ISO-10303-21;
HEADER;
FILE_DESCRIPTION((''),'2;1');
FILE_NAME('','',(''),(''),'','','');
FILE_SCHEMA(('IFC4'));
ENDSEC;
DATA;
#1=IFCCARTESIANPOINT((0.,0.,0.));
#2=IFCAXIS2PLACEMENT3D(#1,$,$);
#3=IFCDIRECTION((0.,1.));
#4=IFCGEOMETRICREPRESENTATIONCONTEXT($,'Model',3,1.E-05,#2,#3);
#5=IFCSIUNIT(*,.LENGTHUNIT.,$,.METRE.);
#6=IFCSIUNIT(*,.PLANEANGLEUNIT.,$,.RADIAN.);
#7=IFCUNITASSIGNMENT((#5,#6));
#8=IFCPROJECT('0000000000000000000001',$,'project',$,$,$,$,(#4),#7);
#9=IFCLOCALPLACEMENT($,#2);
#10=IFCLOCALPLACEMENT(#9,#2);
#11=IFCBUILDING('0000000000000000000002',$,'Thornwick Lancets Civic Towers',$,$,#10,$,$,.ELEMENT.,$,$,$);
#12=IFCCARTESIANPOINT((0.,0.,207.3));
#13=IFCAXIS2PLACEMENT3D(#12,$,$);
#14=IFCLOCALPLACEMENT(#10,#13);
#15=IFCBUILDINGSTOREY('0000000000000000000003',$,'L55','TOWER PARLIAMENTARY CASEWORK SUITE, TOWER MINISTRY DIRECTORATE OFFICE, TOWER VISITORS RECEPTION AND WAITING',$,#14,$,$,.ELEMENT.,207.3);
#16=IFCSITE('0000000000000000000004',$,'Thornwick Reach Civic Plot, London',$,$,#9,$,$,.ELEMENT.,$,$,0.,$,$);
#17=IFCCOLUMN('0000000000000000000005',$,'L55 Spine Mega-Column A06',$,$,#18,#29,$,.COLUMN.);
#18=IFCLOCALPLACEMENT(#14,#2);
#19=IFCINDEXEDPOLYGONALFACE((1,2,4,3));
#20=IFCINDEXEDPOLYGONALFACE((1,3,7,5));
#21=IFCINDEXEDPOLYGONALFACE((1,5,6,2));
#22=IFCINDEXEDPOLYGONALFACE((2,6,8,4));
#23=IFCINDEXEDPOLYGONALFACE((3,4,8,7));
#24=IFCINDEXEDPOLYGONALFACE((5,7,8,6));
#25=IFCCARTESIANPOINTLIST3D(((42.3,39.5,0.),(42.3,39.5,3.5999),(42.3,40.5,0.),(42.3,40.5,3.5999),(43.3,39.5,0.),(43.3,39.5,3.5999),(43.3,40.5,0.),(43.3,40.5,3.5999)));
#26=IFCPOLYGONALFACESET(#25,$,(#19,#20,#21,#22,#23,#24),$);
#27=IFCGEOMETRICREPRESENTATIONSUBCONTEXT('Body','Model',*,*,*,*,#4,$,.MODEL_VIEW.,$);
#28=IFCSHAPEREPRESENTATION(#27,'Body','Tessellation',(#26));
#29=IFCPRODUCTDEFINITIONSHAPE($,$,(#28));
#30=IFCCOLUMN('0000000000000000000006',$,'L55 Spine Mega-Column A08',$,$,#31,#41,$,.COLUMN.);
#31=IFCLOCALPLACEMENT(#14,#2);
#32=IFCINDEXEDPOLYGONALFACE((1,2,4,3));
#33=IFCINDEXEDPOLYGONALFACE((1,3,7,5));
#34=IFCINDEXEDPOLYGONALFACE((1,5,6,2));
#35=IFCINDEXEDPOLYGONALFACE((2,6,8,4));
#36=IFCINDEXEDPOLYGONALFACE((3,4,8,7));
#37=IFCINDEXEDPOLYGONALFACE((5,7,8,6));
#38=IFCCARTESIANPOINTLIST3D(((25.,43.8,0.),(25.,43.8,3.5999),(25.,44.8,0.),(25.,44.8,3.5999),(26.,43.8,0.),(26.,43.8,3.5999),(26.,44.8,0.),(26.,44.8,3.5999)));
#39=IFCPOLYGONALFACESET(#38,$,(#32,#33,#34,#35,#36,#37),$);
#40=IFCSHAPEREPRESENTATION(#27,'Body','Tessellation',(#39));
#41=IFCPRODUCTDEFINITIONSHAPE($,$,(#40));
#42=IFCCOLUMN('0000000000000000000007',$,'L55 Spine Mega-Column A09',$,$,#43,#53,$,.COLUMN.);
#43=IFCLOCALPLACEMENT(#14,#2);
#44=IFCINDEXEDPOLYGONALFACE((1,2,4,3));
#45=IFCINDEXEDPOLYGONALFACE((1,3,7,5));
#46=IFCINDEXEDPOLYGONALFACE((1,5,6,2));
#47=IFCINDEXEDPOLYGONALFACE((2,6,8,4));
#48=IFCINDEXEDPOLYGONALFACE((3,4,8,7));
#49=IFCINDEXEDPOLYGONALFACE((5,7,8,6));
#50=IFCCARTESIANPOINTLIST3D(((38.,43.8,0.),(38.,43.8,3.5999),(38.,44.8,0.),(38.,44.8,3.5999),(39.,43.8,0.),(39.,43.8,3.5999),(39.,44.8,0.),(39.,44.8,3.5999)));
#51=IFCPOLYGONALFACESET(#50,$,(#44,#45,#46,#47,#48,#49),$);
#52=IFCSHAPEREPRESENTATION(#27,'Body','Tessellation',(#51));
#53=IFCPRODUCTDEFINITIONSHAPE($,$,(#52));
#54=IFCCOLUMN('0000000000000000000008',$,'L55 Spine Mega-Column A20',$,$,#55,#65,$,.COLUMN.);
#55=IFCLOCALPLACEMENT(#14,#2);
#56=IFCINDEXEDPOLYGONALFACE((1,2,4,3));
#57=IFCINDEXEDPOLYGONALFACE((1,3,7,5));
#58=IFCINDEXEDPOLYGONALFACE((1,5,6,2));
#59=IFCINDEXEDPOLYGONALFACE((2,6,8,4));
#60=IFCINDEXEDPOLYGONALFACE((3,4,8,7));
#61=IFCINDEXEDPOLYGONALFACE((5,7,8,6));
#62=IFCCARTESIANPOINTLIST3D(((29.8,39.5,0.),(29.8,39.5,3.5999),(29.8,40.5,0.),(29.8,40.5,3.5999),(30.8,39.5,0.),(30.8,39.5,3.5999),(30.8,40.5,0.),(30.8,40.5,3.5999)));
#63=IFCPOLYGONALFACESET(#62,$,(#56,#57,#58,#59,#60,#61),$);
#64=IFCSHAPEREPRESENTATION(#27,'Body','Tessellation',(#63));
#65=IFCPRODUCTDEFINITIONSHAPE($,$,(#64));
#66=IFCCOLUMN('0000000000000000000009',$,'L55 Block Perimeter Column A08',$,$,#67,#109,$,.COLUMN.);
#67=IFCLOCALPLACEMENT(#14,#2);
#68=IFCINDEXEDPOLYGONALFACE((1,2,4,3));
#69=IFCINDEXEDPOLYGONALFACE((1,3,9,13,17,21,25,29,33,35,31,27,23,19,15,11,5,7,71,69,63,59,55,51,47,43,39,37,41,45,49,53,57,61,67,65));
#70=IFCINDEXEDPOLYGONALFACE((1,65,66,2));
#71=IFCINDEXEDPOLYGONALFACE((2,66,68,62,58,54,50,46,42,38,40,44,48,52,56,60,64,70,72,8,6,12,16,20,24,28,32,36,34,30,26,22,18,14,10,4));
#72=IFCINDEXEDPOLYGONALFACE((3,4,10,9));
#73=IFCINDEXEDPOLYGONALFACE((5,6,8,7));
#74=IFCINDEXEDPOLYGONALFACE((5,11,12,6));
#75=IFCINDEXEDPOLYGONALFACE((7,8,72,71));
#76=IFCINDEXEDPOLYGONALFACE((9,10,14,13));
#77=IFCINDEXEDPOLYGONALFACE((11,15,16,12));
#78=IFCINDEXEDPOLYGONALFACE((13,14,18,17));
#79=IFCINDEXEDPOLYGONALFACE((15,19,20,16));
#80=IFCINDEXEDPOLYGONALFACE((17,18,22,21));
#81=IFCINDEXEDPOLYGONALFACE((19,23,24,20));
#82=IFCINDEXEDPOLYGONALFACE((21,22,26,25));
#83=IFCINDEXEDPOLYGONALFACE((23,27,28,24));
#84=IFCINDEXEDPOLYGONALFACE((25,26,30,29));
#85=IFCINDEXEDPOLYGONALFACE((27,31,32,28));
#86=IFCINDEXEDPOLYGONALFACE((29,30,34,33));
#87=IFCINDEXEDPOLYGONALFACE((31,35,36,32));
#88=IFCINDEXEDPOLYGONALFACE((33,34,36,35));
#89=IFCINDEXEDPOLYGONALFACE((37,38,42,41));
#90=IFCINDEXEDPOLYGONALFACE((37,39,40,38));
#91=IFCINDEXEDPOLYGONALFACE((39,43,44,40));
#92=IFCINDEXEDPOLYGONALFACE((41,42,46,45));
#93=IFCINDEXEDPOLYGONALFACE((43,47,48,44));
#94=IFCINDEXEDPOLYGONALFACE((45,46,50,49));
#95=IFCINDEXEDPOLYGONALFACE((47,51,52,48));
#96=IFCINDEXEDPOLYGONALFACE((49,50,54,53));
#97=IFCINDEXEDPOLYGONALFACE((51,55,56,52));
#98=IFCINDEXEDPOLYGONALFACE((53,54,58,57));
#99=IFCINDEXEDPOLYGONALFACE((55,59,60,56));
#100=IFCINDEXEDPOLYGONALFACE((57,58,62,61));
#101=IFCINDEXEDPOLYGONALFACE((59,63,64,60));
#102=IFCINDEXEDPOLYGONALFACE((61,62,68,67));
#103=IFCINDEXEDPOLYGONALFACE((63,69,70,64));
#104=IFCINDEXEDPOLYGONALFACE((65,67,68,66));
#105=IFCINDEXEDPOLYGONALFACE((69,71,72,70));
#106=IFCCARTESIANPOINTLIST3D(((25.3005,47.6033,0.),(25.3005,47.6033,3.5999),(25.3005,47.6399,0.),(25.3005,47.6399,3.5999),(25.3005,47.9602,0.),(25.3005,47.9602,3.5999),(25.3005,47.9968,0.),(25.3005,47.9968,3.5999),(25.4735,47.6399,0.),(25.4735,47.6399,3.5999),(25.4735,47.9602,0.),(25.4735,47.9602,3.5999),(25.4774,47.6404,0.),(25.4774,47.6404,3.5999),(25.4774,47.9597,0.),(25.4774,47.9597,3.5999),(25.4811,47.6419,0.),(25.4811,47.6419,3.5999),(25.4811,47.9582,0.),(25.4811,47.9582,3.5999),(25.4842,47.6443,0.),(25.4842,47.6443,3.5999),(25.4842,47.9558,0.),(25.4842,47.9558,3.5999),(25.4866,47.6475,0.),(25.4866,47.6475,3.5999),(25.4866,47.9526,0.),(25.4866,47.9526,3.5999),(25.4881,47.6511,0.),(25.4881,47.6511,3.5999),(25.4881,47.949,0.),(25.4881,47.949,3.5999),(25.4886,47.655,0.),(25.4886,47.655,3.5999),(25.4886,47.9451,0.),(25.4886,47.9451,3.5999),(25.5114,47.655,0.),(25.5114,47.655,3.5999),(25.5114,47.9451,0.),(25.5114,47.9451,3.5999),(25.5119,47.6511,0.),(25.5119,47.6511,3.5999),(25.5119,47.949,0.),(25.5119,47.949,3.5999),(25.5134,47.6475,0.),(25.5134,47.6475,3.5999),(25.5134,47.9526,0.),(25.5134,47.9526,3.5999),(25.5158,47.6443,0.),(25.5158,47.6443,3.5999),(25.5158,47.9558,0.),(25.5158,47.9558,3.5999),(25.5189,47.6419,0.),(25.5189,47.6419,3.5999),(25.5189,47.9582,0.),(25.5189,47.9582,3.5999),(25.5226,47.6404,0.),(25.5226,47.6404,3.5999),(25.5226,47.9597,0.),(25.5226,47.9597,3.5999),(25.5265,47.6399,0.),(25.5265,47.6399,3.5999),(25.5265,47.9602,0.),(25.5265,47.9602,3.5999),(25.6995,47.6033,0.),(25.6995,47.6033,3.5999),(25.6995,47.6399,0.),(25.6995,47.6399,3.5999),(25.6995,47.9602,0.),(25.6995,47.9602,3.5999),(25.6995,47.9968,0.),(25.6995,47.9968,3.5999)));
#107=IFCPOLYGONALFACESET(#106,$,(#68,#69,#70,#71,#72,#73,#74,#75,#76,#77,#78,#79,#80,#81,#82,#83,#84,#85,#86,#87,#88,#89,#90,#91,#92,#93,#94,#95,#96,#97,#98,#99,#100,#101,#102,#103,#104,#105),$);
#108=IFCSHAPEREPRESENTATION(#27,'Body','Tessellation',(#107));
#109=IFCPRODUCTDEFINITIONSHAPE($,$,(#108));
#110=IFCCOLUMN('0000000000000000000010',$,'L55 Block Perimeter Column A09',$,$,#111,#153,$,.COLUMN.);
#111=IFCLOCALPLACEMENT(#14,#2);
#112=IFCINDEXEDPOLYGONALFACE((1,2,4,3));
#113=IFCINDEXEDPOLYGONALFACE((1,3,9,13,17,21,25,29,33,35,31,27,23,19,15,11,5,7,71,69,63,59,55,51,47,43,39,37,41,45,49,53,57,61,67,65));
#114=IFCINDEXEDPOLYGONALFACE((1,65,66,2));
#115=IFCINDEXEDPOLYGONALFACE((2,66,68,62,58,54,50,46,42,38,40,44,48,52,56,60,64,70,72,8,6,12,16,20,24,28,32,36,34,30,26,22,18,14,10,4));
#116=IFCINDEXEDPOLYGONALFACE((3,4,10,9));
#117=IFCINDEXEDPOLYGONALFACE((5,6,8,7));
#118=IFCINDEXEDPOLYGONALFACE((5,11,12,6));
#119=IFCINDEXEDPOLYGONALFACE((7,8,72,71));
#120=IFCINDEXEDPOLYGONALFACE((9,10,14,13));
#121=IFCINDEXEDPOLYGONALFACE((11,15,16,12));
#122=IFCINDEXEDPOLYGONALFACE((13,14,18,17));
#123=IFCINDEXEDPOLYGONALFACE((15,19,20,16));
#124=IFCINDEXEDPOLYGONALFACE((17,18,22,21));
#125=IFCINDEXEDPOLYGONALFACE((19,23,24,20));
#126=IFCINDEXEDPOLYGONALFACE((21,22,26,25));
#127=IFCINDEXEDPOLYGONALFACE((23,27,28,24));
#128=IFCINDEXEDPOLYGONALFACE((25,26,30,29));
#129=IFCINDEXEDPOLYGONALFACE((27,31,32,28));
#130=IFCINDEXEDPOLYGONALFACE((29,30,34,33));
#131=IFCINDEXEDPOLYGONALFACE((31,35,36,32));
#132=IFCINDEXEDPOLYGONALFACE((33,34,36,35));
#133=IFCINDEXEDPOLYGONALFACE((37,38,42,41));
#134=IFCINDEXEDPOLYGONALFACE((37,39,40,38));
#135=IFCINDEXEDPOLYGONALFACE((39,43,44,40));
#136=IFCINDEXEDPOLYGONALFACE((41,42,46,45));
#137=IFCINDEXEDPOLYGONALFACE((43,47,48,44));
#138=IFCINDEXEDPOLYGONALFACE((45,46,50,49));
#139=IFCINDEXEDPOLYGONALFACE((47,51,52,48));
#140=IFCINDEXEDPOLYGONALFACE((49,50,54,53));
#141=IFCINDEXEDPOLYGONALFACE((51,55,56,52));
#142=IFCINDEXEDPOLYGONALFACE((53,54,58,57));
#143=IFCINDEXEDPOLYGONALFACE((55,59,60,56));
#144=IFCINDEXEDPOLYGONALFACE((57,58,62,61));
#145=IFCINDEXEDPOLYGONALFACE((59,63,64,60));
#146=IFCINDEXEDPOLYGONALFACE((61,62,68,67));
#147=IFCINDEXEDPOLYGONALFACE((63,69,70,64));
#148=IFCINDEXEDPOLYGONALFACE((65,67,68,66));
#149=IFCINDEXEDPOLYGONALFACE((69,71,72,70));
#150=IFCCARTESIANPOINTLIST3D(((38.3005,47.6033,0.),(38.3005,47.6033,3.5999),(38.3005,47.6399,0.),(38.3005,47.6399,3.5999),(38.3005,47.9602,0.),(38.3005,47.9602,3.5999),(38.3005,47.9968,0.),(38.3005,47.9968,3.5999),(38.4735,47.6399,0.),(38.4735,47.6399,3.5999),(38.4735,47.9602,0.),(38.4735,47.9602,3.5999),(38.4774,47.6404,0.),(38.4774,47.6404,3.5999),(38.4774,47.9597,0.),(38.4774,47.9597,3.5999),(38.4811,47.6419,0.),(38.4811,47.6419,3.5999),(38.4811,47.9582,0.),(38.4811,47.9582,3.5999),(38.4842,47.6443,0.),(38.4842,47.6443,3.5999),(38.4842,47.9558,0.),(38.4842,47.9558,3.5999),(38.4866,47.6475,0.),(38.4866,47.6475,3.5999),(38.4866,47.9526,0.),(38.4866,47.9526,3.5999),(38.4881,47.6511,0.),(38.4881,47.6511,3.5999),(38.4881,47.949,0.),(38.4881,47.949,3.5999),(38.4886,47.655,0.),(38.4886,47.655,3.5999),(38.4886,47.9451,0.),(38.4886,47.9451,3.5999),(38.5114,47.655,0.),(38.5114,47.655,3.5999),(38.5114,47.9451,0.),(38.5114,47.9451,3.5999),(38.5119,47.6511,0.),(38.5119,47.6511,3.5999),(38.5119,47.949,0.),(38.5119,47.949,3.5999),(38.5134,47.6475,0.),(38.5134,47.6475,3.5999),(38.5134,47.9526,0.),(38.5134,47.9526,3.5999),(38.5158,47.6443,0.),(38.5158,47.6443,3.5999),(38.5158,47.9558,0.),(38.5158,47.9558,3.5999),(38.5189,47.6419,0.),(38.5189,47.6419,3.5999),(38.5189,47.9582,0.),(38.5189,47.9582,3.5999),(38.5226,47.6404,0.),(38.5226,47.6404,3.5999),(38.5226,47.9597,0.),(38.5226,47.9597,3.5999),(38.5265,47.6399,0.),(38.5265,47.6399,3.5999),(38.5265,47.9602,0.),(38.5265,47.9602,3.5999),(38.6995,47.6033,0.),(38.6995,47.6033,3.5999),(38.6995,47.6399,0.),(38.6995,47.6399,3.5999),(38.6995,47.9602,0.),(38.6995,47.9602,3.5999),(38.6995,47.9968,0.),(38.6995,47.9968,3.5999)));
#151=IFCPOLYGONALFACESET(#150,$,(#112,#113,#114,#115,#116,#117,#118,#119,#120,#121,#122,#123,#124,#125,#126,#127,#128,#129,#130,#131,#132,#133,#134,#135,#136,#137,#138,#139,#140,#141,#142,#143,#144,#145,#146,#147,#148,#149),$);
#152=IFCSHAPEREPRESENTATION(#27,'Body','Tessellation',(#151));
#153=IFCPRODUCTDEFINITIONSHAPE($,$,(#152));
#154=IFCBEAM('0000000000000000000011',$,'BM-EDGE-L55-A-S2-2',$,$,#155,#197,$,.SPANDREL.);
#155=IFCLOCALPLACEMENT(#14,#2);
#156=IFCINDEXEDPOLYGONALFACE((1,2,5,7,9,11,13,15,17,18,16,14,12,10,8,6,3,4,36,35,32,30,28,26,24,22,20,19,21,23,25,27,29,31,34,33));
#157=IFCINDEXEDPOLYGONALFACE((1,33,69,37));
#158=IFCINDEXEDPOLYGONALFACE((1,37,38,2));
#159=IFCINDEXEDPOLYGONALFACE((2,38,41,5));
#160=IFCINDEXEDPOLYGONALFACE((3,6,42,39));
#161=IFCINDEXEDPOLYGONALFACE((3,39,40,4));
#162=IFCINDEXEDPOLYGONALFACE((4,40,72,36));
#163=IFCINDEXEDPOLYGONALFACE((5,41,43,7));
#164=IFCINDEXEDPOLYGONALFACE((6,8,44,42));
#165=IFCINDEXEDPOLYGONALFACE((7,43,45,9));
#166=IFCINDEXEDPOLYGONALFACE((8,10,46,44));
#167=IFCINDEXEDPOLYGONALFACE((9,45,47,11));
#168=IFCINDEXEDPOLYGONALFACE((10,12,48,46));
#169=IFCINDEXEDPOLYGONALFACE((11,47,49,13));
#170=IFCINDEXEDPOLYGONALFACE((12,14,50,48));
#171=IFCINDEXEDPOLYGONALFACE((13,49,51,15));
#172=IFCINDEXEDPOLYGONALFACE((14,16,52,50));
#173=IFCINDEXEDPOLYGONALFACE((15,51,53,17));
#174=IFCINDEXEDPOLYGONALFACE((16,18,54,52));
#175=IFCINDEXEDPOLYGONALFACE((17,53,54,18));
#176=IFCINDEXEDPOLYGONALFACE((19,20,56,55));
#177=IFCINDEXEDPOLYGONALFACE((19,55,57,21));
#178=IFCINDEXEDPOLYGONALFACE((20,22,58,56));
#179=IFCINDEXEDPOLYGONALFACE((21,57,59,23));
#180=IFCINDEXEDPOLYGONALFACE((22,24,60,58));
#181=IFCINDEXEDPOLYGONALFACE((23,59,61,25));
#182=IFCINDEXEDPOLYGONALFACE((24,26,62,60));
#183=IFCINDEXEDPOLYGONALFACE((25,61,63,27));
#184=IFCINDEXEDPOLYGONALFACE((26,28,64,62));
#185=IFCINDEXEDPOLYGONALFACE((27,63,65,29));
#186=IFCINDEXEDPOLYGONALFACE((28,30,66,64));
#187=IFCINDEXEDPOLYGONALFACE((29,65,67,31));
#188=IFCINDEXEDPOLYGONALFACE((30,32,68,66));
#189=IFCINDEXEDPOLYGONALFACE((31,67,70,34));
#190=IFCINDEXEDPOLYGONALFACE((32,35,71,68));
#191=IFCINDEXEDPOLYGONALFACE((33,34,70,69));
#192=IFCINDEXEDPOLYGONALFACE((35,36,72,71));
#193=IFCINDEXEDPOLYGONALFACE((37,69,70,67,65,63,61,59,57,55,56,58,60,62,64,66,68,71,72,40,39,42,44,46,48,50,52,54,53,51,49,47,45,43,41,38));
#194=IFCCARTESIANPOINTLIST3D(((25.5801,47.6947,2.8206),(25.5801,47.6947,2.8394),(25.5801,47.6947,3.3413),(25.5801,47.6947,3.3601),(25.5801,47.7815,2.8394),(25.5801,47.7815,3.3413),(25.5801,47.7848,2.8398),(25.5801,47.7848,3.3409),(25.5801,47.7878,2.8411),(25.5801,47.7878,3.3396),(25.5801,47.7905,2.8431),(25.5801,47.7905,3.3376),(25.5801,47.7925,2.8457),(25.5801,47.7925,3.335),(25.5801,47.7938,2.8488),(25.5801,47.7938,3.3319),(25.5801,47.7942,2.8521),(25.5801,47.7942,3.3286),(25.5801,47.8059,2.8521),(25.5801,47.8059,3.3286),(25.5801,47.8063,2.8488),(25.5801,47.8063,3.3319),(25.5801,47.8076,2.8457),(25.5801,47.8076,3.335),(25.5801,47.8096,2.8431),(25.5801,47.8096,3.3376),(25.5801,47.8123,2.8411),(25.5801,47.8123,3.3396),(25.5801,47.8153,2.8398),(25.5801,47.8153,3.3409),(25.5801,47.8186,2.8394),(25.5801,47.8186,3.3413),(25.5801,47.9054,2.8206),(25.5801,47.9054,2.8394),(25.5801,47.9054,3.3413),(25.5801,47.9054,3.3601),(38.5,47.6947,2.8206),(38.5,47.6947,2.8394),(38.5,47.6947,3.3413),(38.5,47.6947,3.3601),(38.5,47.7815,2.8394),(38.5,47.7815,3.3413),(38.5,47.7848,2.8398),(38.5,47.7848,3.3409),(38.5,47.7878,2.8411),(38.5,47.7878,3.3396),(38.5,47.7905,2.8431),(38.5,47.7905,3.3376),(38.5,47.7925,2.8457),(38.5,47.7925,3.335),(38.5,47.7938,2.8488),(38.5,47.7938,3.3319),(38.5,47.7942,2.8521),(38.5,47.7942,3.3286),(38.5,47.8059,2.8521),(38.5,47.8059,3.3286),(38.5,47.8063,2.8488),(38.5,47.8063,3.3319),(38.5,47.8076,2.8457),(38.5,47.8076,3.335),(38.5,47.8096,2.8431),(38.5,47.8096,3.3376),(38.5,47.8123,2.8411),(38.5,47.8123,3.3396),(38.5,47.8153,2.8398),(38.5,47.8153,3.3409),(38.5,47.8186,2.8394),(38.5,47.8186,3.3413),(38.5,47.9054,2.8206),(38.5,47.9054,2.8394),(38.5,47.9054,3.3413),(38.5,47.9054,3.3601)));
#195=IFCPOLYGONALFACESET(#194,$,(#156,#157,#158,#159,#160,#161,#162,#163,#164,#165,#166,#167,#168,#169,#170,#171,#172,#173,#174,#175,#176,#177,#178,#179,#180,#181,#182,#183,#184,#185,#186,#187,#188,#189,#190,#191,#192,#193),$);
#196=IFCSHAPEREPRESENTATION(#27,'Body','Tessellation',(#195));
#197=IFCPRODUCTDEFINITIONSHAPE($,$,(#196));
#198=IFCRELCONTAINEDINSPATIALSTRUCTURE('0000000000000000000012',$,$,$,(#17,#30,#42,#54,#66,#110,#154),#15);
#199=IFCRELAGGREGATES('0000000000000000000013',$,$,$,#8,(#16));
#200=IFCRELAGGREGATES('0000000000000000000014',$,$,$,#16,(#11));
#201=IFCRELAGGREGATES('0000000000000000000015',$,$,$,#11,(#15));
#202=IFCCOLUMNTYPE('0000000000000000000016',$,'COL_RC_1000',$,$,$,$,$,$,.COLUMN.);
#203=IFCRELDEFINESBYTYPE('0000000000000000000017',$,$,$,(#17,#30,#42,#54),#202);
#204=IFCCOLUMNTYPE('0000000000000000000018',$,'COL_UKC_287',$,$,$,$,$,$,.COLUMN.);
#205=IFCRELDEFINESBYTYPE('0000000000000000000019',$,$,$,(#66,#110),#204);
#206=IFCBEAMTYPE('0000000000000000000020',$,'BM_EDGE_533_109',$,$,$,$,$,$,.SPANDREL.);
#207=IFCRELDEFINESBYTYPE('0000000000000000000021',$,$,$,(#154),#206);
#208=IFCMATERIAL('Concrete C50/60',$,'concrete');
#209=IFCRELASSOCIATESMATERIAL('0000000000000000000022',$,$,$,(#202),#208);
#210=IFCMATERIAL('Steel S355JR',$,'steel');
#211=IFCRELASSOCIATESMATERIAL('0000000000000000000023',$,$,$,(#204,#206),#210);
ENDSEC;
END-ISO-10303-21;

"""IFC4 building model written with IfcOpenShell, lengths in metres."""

from ifc_helpers import new_model, si_unit, direction, frame, origin, origin_2d, place, context, subcontext, project, spatial, rectangle, i_section, extrude, material, material_profile, profile_set, type_object, element, save


model = new_model("IFC4")

# Units and contexts
model_context = context("Model", 3, precision=1e-05, world=origin(), true_north=direction((0.0, 1.0)))
body_context = subcontext(model_context, "Body", "Model", "MODEL_VIEW")
ifc_project = project(units=[si_unit("LENGTHUNIT", "METRE"), si_unit("PLANEANGLEUNIT", "RADIAN")], contexts=[model_context])

# Site, building, storey
site_placement = place(None, origin())
site = spatial("IfcSite", under=ifc_project, at=site_placement, Name="Thornwick Reach Civic Plot, London", CompositionType="ELEMENT", RefElevation=0.0)
building_placement = place(site_placement, origin())
building = spatial("IfcBuilding", under=site, at=building_placement, Name="Thornwick Lancets Civic Towers", CompositionType="ELEMENT")
storey_placement = place(building_placement, frame((0.0, 0.0, 207.3)))
storey = spatial("IfcBuildingStorey", under=building, at=storey_placement, Name="L55", Description="TOWER PARLIAMENTARY CASEWORK SUITE, TOWER MINISTRY DIRECTORATE OFFICE, TOWER VISITORS RECEPTION AND WAITING", CompositionType="ELEMENT", Elevation=207.3)

# Columns
ifc_material_1 = material(Name="Concrete C50/60", Category="concrete")
ifc_material_profile_1 = material_profile(ifc_material_1, rectangle(XDim=1.0, YDim=1.0, at=origin_2d()), Name="RC 1000x1000")
ifc_profile_set_1 = profile_set([ifc_material_profile_1], Name="Concrete C50/60")
column_type_1 = type_object("IfcColumnType", Name="COL_RC_1000", PredefinedType="COLUMN", material=ifc_profile_set_1)
for number, where, z_axis, x_axis, name in (
    (1, (42.8, 40.0, 0.0), (0.0, 0.0, 1.0), (1.0, 0.0, 0.0), "L55 Spine Mega-Column A06"),
    (2, (25.5, 44.3, 0.0), (0.0, 0.0, 1.0), (1.0, 0.0, 0.0), "L55 Spine Mega-Column A08"),
    (3, (38.5, 44.3, 0.0), (0.0, 0.0, 1.0), (1.0, 0.0, 0.0), "L55 Spine Mega-Column A09"),
    (4, (30.3, 40.0, 0.0), (0.0, 0.0, 1.0), (1.0, 0.0, 0.0), "L55 Spine Mega-Column A20"),
):
    element("IfcColumn", number, at=place(storey_placement, frame(where, z_axis=z_axis, x_axis=x_axis)), inside=storey, type_object=column_type_1, Name=name, PredefinedType="COLUMN", context=body_context, shape_type="SweptSolid", body=[
        extrude(rectangle(XDim=1.0, YDim=1.0, at=origin_2d()), origin(), (0.0, 0.0, 1.0), 3.5999),
    ])
ifc_material_2 = material(Name="Steel S355JR", Category="steel")
ifc_material_profile_2 = material_profile(ifc_material_2, i_section(OverallWidth=0.3989, OverallDepth=0.3936, WebThickness=0.0227, FlangeThickness=0.0366, FilletRadius=0.0151, at=origin_2d()), Name="UKC 356x406x287")
ifc_profile_set_2 = profile_set([ifc_material_profile_2], Name="Steel S355JR")
column_type_2 = type_object("IfcColumnType", Name="COL_UKC_287", PredefinedType="COLUMN", material=ifc_profile_set_2)
for number, where, z_axis, x_axis, name in (
    (5, (25.5, 47.8, 0.0), (0.0, 0.0, 1.0), (1.0, 0.0, 0.0), "L55 Block Perimeter Column A08"),
    (6, (38.5, 47.8, 0.0), (0.0, 0.0, 1.0), (1.0, 0.0, 0.0), "L55 Block Perimeter Column A09"),
):
    element("IfcColumn", number, at=place(storey_placement, frame(where, z_axis=z_axis, x_axis=x_axis)), inside=storey, type_object=column_type_2, Name=name, PredefinedType="COLUMN", context=body_context, shape_type="SweptSolid", body=[
        extrude(i_section(OverallWidth=0.3989, OverallDepth=0.3936, WebThickness=0.0227, FlangeThickness=0.0366, FilletRadius=0.0151, at=origin_2d()), origin(), (0.0, 0.0, 1.0), 3.5999),
    ])

# Beam
ifc_material_profile_3 = material_profile(ifc_material_2, i_section(OverallWidth=0.2107, OverallDepth=0.5396, WebThickness=0.0117, FlangeThickness=0.0188, FilletRadius=0.0127, at=origin_2d()), Name="UKB 533x210x109")
ifc_profile_set_3 = profile_set([ifc_material_profile_3], Name="Steel S355JR")
beam_type_1 = type_object("IfcBeamType", Name="BM_EDGE_533_109", PredefinedType="SPANDREL", material=ifc_profile_set_3)
beam_1_placement = place(storey_placement, frame((25.5801, 47.8, 3.0903), z_axis=(1.0, 0.0, 0.0), x_axis=(0.0, 1.0, 0.0)))
element("IfcBeam", 7, at=beam_1_placement, inside=storey, type_object=beam_type_1, Name="BM-EDGE-L55-A-S2-2", PredefinedType="SPANDREL", context=body_context, shape_type="SweptSolid", body=[
    extrude(i_section(OverallWidth=0.2107, OverallDepth=0.5396, WebThickness=0.0117, FlangeThickness=0.0188, FilletRadius=0.0127, at=origin_2d()), origin(), (0.0, 0.0, 1.0), 12.9199),
])

save(model, "model.ifc")
